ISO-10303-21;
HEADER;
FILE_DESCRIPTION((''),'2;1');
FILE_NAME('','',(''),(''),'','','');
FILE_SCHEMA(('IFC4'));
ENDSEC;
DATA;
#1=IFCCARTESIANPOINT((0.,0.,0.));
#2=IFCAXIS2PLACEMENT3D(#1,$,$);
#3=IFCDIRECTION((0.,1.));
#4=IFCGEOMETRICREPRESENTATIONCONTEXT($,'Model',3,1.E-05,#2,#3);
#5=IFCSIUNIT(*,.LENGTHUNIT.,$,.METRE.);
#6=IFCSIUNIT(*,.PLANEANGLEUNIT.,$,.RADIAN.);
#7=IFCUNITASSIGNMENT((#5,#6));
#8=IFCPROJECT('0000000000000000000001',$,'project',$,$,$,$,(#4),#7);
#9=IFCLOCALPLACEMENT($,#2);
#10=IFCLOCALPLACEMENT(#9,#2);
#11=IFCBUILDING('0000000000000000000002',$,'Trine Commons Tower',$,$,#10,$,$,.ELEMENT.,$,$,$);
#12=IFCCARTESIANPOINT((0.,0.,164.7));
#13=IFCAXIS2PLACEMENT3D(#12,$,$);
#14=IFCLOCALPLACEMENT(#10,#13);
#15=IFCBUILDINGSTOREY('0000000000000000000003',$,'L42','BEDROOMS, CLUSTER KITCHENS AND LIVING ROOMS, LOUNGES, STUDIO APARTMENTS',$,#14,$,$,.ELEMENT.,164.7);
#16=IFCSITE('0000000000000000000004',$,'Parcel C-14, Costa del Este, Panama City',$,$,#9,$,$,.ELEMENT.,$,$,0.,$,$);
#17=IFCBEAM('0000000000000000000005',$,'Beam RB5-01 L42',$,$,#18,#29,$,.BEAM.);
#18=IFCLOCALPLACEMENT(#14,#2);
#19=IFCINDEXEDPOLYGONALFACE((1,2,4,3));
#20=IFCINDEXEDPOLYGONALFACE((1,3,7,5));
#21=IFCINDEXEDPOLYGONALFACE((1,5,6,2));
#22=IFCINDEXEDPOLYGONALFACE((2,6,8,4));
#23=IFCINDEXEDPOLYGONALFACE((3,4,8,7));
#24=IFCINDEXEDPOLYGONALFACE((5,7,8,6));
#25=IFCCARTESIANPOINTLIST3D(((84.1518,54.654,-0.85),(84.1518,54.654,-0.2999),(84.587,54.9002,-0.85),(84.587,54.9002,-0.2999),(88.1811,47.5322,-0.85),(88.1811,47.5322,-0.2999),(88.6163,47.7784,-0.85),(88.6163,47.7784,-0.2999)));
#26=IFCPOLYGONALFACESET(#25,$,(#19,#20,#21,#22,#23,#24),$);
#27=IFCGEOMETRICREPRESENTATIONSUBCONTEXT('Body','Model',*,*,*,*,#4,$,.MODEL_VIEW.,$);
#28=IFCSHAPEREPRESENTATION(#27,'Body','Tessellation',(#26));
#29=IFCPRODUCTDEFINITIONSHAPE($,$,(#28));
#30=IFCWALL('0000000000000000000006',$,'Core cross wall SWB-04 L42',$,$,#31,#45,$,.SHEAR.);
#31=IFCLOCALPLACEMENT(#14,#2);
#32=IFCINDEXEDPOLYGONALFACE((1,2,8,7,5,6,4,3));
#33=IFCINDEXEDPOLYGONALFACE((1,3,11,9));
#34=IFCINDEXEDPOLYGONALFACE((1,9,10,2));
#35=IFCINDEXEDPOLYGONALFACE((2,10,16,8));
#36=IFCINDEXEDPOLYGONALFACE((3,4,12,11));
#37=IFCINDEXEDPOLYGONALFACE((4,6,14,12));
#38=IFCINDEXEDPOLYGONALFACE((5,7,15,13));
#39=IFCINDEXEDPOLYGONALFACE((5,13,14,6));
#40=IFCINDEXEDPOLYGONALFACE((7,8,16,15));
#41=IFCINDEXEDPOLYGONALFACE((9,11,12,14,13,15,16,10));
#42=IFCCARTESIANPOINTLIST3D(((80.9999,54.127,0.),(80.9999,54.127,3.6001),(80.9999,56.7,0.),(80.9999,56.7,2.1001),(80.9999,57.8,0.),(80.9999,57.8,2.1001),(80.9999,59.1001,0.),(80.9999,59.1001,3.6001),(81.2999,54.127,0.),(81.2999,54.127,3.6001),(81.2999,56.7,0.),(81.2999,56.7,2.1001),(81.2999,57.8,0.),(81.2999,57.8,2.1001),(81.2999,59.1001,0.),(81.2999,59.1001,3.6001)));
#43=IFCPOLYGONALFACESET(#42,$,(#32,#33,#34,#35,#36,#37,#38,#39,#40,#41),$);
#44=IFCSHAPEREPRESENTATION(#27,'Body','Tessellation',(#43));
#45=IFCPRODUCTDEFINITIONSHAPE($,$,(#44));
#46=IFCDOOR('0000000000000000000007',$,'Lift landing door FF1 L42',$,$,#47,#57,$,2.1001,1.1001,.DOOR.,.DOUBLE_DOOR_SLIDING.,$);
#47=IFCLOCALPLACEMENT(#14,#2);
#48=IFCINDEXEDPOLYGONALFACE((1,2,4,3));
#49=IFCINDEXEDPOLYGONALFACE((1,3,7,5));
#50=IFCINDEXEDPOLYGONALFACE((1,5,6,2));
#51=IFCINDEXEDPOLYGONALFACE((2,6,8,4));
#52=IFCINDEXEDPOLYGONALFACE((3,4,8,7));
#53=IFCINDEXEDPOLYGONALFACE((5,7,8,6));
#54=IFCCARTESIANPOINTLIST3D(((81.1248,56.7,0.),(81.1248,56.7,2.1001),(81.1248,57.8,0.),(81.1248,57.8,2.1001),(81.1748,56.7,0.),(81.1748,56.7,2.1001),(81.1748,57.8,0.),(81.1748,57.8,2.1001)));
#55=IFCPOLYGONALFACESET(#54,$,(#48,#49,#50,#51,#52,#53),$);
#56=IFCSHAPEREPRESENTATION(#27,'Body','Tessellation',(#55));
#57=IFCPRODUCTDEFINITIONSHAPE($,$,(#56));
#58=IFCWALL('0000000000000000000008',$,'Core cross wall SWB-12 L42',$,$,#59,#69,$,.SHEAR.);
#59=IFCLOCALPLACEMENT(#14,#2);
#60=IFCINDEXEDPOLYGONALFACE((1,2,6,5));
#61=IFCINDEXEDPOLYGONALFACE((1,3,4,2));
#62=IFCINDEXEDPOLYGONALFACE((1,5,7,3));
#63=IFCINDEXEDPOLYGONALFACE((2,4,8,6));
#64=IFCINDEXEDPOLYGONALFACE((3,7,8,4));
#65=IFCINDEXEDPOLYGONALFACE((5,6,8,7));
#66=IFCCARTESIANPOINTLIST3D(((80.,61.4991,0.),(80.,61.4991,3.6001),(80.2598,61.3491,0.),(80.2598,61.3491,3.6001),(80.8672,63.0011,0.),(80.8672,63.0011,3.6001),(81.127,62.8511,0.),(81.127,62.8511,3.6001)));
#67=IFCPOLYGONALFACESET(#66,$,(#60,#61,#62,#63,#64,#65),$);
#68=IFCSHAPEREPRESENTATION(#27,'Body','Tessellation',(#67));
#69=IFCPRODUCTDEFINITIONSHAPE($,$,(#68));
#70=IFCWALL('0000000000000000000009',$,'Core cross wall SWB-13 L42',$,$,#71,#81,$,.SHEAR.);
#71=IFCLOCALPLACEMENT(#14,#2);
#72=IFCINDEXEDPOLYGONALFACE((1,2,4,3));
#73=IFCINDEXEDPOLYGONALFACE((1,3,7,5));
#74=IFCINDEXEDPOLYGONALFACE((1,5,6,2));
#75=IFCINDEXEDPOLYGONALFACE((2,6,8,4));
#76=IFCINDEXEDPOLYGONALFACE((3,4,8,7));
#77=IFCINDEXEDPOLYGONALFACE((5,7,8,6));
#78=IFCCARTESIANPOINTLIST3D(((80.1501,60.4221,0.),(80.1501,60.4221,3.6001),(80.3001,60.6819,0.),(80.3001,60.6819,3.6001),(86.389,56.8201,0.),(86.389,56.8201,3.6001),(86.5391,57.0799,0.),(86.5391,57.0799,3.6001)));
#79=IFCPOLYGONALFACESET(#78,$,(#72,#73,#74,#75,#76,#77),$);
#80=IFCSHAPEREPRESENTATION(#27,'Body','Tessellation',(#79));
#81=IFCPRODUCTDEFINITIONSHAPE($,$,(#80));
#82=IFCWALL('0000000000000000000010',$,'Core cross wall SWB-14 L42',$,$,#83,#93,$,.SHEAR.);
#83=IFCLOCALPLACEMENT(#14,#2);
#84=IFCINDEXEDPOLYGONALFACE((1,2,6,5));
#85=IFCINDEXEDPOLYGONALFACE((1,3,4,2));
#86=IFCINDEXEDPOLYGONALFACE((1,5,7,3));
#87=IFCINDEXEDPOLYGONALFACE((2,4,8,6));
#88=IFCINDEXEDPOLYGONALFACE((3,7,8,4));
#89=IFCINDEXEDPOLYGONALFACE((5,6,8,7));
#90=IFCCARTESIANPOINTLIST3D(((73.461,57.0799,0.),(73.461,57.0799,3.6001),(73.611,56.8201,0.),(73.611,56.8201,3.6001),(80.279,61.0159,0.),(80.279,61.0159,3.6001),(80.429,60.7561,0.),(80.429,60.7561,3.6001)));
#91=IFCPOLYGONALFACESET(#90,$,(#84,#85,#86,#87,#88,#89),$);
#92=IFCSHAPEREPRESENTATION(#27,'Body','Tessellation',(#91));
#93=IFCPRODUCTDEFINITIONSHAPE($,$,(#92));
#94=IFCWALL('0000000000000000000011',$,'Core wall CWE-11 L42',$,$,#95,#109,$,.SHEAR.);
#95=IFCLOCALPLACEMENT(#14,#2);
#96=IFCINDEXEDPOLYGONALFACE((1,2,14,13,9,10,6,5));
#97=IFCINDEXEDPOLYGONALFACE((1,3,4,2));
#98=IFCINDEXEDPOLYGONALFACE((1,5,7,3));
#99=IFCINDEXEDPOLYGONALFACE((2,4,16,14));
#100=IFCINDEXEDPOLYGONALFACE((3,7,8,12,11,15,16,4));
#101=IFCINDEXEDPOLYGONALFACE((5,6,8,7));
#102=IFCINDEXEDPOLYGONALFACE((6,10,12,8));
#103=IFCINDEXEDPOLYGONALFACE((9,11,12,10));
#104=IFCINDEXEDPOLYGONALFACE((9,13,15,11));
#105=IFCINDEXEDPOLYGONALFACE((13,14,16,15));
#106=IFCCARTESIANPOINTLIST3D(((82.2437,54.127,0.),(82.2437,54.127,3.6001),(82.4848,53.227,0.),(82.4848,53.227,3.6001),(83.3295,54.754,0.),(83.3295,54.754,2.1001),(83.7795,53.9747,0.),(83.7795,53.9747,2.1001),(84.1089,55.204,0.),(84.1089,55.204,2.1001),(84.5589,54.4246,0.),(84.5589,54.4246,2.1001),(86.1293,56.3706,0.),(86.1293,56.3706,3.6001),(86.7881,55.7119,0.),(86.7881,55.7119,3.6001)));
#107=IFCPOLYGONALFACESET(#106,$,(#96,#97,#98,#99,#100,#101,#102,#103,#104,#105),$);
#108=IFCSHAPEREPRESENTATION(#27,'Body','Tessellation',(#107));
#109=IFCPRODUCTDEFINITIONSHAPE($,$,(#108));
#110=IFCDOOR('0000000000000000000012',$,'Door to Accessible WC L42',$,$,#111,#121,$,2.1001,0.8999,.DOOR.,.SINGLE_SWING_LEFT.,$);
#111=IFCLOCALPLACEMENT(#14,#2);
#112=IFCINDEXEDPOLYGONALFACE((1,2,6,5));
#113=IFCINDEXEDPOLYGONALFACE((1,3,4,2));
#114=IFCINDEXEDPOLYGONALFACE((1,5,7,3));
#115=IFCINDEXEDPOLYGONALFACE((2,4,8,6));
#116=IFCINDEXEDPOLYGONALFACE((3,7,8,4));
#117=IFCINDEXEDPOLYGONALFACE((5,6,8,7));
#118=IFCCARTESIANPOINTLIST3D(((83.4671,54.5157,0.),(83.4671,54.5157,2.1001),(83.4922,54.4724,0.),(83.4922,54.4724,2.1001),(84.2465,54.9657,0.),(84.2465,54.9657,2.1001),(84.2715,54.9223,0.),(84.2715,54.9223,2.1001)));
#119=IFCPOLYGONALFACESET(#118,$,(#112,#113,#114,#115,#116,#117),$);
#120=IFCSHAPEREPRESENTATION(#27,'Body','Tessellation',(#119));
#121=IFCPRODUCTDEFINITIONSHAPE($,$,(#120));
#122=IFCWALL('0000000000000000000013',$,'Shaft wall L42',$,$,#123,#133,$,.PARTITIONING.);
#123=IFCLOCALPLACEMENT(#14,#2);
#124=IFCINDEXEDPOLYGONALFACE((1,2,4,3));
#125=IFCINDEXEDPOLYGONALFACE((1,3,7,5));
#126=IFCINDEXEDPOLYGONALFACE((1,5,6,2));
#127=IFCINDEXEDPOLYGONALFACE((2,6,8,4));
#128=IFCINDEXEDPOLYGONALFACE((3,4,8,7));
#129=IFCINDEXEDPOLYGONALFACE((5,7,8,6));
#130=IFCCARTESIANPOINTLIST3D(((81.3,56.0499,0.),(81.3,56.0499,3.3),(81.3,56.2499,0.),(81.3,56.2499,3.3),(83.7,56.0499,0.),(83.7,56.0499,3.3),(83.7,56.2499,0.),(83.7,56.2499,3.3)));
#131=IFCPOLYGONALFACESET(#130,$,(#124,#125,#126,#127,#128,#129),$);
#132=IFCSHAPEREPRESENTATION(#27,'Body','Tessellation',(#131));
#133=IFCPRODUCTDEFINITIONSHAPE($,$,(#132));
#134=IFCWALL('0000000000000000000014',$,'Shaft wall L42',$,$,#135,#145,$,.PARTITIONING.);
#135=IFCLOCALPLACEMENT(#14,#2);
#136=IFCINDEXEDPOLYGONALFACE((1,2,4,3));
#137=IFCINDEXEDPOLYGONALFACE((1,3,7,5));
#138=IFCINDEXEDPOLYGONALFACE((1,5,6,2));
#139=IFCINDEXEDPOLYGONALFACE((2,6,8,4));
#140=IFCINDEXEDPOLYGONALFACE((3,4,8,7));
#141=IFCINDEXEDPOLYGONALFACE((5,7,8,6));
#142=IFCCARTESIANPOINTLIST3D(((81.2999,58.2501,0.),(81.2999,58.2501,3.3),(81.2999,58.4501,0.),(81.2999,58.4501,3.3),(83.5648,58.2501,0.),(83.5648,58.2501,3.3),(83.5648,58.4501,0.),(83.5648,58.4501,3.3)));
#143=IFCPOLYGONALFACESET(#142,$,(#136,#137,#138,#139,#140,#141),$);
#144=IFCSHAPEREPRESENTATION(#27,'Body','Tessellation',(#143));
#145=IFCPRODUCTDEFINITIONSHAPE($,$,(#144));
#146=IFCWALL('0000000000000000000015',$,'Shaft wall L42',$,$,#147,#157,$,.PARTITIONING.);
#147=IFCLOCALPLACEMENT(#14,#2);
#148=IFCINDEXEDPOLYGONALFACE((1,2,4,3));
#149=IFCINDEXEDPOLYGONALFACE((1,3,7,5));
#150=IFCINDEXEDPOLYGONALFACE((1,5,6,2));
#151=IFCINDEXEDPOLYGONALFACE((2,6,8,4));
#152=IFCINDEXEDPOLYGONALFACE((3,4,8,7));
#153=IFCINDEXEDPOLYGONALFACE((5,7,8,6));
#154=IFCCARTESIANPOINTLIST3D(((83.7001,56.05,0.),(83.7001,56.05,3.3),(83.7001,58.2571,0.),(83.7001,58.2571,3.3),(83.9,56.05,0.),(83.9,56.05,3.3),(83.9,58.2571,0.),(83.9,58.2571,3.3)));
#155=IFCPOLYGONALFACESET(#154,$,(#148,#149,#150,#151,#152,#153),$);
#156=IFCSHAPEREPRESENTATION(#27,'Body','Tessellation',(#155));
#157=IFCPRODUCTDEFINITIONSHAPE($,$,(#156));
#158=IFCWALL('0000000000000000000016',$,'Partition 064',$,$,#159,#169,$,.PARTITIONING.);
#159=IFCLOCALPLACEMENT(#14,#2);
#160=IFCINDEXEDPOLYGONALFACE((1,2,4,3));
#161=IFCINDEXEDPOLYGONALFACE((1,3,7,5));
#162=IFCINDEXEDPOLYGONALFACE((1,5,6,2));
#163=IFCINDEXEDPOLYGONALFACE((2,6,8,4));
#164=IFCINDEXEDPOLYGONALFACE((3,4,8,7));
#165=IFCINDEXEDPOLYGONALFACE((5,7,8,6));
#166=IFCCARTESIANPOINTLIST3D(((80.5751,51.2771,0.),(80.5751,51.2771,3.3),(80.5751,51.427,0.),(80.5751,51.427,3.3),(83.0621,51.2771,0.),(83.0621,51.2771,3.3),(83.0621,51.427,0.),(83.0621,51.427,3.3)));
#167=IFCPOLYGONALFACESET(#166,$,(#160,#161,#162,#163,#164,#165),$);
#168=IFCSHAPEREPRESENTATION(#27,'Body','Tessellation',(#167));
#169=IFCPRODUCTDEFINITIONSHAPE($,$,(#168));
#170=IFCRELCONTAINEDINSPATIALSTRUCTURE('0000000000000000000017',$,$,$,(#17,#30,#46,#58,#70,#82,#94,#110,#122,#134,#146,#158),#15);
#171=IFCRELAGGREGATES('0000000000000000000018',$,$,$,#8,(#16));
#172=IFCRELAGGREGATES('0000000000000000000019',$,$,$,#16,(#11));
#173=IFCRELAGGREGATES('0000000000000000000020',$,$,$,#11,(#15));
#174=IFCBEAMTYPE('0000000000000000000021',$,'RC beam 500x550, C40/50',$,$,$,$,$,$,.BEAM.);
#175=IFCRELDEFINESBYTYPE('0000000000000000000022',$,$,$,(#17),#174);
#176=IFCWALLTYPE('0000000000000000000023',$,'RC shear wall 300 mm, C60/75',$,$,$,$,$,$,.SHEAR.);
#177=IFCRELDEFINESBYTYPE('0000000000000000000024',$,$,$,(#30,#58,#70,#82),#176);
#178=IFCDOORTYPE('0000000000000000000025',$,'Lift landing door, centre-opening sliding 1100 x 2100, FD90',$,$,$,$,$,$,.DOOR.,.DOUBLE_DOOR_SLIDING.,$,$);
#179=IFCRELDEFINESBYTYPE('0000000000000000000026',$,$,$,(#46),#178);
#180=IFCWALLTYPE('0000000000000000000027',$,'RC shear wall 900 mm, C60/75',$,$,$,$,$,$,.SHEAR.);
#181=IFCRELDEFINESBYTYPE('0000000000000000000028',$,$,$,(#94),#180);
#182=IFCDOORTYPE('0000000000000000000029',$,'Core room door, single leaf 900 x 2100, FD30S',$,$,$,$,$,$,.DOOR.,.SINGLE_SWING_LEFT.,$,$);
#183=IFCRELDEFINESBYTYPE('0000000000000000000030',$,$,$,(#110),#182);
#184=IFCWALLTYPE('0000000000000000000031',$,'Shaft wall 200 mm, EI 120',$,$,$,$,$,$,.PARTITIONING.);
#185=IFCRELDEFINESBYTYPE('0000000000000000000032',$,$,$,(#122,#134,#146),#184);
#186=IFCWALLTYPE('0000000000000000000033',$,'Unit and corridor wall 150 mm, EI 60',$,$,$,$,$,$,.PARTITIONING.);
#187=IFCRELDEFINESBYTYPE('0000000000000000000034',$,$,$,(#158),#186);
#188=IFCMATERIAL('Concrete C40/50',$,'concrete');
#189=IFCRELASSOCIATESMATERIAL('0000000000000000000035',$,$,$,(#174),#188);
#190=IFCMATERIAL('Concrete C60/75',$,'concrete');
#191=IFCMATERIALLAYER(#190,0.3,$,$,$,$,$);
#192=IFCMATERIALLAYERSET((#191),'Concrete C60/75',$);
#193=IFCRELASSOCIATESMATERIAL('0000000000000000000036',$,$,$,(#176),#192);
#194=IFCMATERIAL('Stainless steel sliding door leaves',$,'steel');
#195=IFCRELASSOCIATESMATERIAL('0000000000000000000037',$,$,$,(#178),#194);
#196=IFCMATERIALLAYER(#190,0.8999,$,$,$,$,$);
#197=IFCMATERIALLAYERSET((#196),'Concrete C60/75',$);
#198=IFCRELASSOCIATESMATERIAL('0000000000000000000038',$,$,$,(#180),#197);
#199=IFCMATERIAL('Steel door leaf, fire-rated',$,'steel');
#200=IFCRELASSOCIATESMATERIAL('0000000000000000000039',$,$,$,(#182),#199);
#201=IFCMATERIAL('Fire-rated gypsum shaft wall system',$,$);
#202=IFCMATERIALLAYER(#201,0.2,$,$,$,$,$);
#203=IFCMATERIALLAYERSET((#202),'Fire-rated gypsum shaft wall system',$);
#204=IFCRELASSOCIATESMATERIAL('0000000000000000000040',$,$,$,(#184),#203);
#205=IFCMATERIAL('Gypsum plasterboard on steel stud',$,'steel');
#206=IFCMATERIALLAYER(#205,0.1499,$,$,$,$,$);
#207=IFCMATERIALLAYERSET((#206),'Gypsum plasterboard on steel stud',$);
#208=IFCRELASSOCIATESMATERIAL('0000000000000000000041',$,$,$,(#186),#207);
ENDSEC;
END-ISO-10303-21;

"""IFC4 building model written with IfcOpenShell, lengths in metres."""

from ifc_helpers import new_model, si_unit, direction, frame, frame_2d, origin, origin_2d, place, context, subcontext, project, spatial, polyline, rectangle, outline, extrude, material, layer, layer_set, material_profile, profile_set, type_object, element, fill, save


model = new_model("IFC4")

# Units and contexts
model_context = context("Model", 3, precision=1e-05, world=origin(), true_north=direction((0.0, 1.0)))
body_context = subcontext(model_context, "Body", "Model", "MODEL_VIEW")
ifc_project = project(units=[si_unit("LENGTHUNIT", "METRE"), si_unit("PLANEANGLEUNIT", "RADIAN")], contexts=[model_context])

# Site, building, storey
site_placement = place(None, origin())
site = spatial("IfcSite", under=ifc_project, at=site_placement, Name="Parcel C-14, Costa del Este, Panama City", CompositionType="ELEMENT", RefElevation=0.0)
building_placement = place(site_placement, origin())
building = spatial("IfcBuilding", under=site, at=building_placement, Name="Trine Commons Tower", CompositionType="ELEMENT")
storey_placement = place(building_placement, frame((0.0, 0.0, 164.7)))
storey = spatial("IfcBuildingStorey", under=building, at=storey_placement, Name="L42", Description="BEDROOMS, CLUSTER KITCHENS AND LIVING ROOMS, LOUNGES, STUDIO APARTMENTS", CompositionType="ELEMENT", Elevation=164.7)

# Beam
ifc_material_1 = material(Name="Concrete C40/50", Category="concrete")
ifc_material_profile = material_profile(ifc_material_1, rectangle(XDim=0.5, YDim=0.55, at=origin_2d()), Name="RC 500x550")
ifc_profile_set = profile_set([ifc_material_profile], Name="Concrete C40/50")
beam_type = type_object("IfcBeamType", Name="RC beam 500x550, C40/50", PredefinedType="BEAM", material=ifc_profile_set)
beam_placement = place(storey_placement, frame((84.3694, 54.7771, -0.575), z_axis=(0.49242, -0.870358, 0.0), x_axis=(0.870358, 0.49242, 0.0)))
element("IfcBeam", 1, at=beam_placement, inside=storey, type_object=beam_type, Name="Beam RB5-01 L42", PredefinedType="BEAM", context=body_context, shape_type="SweptSolid", body=[
    extrude(rectangle(XDim=0.5, YDim=0.55, at=origin_2d()), origin(), (0.0, 0.0, 1.0), 8.1826),
])

# Wall, opening, door
ifc_material_2 = material(Name="Concrete C60/75", Category="concrete")
ifc_layer_1 = layer(ifc_material_2, 0.3)
ifc_layer_set_1 = layer_set([ifc_layer_1], Name="Concrete C60/75")
wall_type_1 = type_object("IfcWallType", Name="RC shear wall 300 mm, C60/75", PredefinedType="SHEAR", material=ifc_layer_set_1)
wall_1_placement = place(storey_placement, frame((81.1499, 59.1001, 0.0), z_axis=(0.0, 0.0, 1.0), x_axis=(0.0, -1.0, 0.0)))
wall_1 = element("IfcWall", 2, at=wall_1_placement, inside=storey, type_object=wall_type_1, Name="Core cross wall SWB-04 L42", PredefinedType="SHEAR", context=body_context, shape_type="SweptSolid", body=[
    extrude(rectangle(XDim=4.9731, YDim=0.3, at=frame_2d((2.4866, 0.0))), origin(), (0.0, 0.0, 1.0), 3.6001),
])
opening_1_placement = place(wall_1_placement, frame((1.3, 0.0, 0.0)))
opening_1 = element("IfcOpeningElement", 3, at=opening_1_placement, cuts=wall_1, PredefinedType="OPENING", context=body_context, shape_type="SweptSolid", body=[
    extrude(rectangle(XDim=1.1001, YDim=2.1001, at=frame_2d((0.55, 1.05))), frame((0.0, 0.1599, 0.0), z_axis=(0.0, -1.0, 0.0), x_axis=(1.0, 0.0, 0.0)), (0.0, 0.0, 1.0), 0.3201),
])
ifc_material_3 = material(Name="Stainless steel sliding door leaves", Category="steel")
door_type_1 = type_object("IfcDoorType", Name="Lift landing door, centre-opening sliding 1100 x 2100, FD90", OperationType="DOUBLE_DOOR_SLIDING", PredefinedType="DOOR", material=ifc_material_3)
door_1_placement = place(opening_1_placement, origin())
door_1 = element("IfcDoor", 4, at=door_1_placement, inside=storey, type_object=door_type_1, Name="Lift landing door FF1 L42", OperationType="DOUBLE_DOOR_SLIDING", OverallHeight=2.1001, OverallWidth=1.1001, PredefinedType="DOOR", context=body_context, shape_type="SweptSolid", body=[
    extrude(rectangle(XDim=1.1001, YDim=2.1001, at=frame_2d((0.55, 1.05))), frame((0.0, 0.0249, 0.0), z_axis=(0.0, -1.0, 0.0), x_axis=(1.0, 0.0, 0.0)), (0.0, 0.0, 1.0), 0.05),
])
fill(opening_1, door_1)

# Walls
wall_2_placement = place(storey_placement, frame((80.1299, 61.4241, 0.0), z_axis=(0.0, 0.0, 1.0), x_axis=(0.500015, 0.866017, 0.0)))
element("IfcWall", 5, at=wall_2_placement, inside=storey, type_object=wall_type_1, Name="Core cross wall SWB-12 L42", PredefinedType="SHEAR", context=body_context, shape_type="SweptSolid", body=[
    extrude(rectangle(XDim=1.7344, YDim=0.3, at=frame_2d((0.8672, 0.0))), origin(), (0.0, 0.0, 1.0), 3.6001),
])
wall_3_placement = place(storey_placement, frame((80.2251, 60.552, 0.0), z_axis=(0.0, 0.0, 1.0), x_axis=(0.866028, -0.499995, 0.0)))
element("IfcWall", 6, at=wall_3_placement, inside=storey, type_object=wall_type_1, Name="Core cross wall SWB-13 L42", PredefinedType="SHEAR", context=body_context, shape_type="SweptSolid", body=[
    extrude(rectangle(XDim=7.2041, YDim=0.3, at=frame_2d((3.6021, 0.0))), origin(), (0.0, 0.0, 1.0), 3.6001),
])
wall_4_placement = place(storey_placement, frame((80.354, 60.886, 0.0), z_axis=(0.0, 0.0, 1.0), x_axis=(-0.866048, -0.499961, 0.0)))
element("IfcWall", 7, at=wall_4_placement, inside=storey, type_object=wall_type_1, Name="Core cross wall SWB-14 L42", PredefinedType="SHEAR", context=body_context, shape_type="SweptSolid", body=[
    extrude(rectangle(XDim=7.8726, YDim=0.3, at=frame_2d((3.9363, 0.0))), origin(), (0.0, 0.0, 1.0), 3.6001),
])

# Wall, opening, door
ifc_layer_2 = layer(ifc_material_2, 0.8999)
ifc_layer_set_2 = layer_set([ifc_layer_2], Name="Concrete C60/75")
wall_type_2 = type_object("IfcWallType", Name="RC shear wall 900 mm, C60/75", PredefinedType="SHEAR", material=ifc_layer_set_2)
wall_5_placement = place(storey_placement, frame((82.2598, 53.6167, 0.0), z_axis=(0.0, 0.0, 1.0), x_axis=(0.866003, 0.500039, 0.0)))
wall_5 = element("IfcWall", 8, at=wall_5_placement, inside=storey, type_object=wall_type_2, Name="Core wall CWE-11 L42", PredefinedType="SHEAR", context=body_context, shape_type="SweptSolid", body=[
    extrude(outline(polyline([(0.0, -0.45), (4.9692, -0.45), (4.728, 0.45), (0.2412, 0.45), (0.0, -0.45)])), origin(), (0.0, 0.0, 1.0), 3.6001),
])
opening_2_placement = place(wall_5_placement, frame((1.4951, 0.0, 0.0)))
opening_2 = element("IfcOpeningElement", 9, at=opening_2_placement, cuts=wall_5, PredefinedType="OPENING", context=body_context, shape_type="SweptSolid", body=[
    extrude(rectangle(XDim=0.8999, YDim=2.1001, at=frame_2d((0.45, 1.05))), frame((0.0, 0.46, 0.0), z_axis=(0.0, -1.0, 0.0), x_axis=(1.0, 0.0, 0.0)), (0.0, 0.0, 1.0), 0.9199),
])
ifc_material_4 = material(Name="Steel door leaf, fire-rated", Category="steel")
door_type_2 = type_object("IfcDoorType", Name="Core room door, single leaf 900 x 2100, FD30S", OperationType="SINGLE_SWING_LEFT", PredefinedType="DOOR", material=ifc_material_4)
door_2_placement = place(opening_2_placement, origin())
door_2 = element("IfcDoor", 10, at=door_2_placement, inside=storey, type_object=door_type_2, Name="Door to Accessible WC L42", OperationType="SINGLE_SWING_LEFT", OverallHeight=2.1001, OverallWidth=0.8999, PredefinedType="DOOR", context=body_context, shape_type="SweptSolid", body=[
    extrude(rectangle(XDim=0.8999, YDim=2.1001, at=frame_2d((0.45, 1.05))), frame((0.0, 0.1748, 0.0), z_axis=(0.0, -1.0, 0.0), x_axis=(1.0, 0.0, 0.0)), (0.0, 0.0, 1.0), 0.05),
])
fill(opening_2, door_2)

# Walls
ifc_material_5 = material(Name="Fire-rated gypsum shaft wall system")
ifc_layer_3 = layer(ifc_material_5, 0.2)
ifc_layer_set_3 = layer_set([ifc_layer_3], Name="Fire-rated gypsum shaft wall system")
wall_type_3 = type_object("IfcWallType", Name="Shaft wall 200 mm, EI 120", PredefinedType="PARTITIONING", material=ifc_layer_set_3)
wall_6_placement = place(storey_placement, frame((81.3, 56.1499, 0.0), z_axis=(0.0, 0.0, 1.0), x_axis=(1.0, 0.0, 0.0)))
element("IfcWall", 11, at=wall_6_placement, inside=storey, type_object=wall_type_3, Name="Shaft wall L42", PredefinedType="PARTITIONING", context=body_context, shape_type="SweptSolid", body=[
    extrude(rectangle(XDim=2.3999, YDim=0.2, at=frame_2d((1.2, 0.0))), origin(), (0.0, 0.0, 1.0), 3.3),
])
wall_7_placement = place(storey_placement, frame((81.3, 58.3501, 0.0), z_axis=(0.0, 0.0, 1.0), x_axis=(1.0, 0.0, 0.0)))
element("IfcWall", 12, at=wall_7_placement, inside=storey, type_object=wall_type_3, Name="Shaft wall L42", PredefinedType="PARTITIONING", context=body_context, shape_type="SweptSolid", body=[
    extrude(rectangle(XDim=2.2649, YDim=0.2, at=frame_2d((1.1323, 0.0))), origin(), (0.0, 0.0, 1.0), 3.3),
])
wall_8_placement = place(storey_placement, frame((83.8, 58.2571, 0.0), z_axis=(0.0, 0.0, 1.0), x_axis=(0.0, -1.0, 0.0)))
element("IfcWall", 13, at=wall_8_placement, inside=storey, type_object=wall_type_3, Name="Shaft wall L42", PredefinedType="PARTITIONING", context=body_context, shape_type="SweptSolid", body=[
    extrude(rectangle(XDim=2.207, YDim=0.2, at=frame_2d((1.1035, 0.0))), origin(), (0.0, 0.0, 1.0), 3.3),
])
ifc_material_6 = material(Name="Gypsum plasterboard on steel stud", Category="steel")
ifc_layer_4 = layer(ifc_material_6, 0.1499)
ifc_layer_set_4 = layer_set([ifc_layer_4], Name="Gypsum plasterboard on steel stud")
wall_type_4 = type_object("IfcWallType", Name="Unit and corridor wall 150 mm, EI 60", PredefinedType="PARTITIONING", material=ifc_layer_set_4)
wall_9_placement = place(storey_placement, frame((80.575, 51.3521, 0.0), z_axis=(0.0, 0.0, 1.0), x_axis=(1.0, 0.0, 0.0)))
element("IfcWall", 14, at=wall_9_placement, inside=storey, type_object=wall_type_4, Name="Partition 064", PredefinedType="PARTITIONING", context=body_context, shape_type="SweptSolid", body=[
    extrude(rectangle(XDim=2.4871, YDim=0.1499, at=frame_2d((1.2437, 0.0))), origin(), (0.0, 0.0, 1.0), 3.3),
])

save(model, "model.ifc")
